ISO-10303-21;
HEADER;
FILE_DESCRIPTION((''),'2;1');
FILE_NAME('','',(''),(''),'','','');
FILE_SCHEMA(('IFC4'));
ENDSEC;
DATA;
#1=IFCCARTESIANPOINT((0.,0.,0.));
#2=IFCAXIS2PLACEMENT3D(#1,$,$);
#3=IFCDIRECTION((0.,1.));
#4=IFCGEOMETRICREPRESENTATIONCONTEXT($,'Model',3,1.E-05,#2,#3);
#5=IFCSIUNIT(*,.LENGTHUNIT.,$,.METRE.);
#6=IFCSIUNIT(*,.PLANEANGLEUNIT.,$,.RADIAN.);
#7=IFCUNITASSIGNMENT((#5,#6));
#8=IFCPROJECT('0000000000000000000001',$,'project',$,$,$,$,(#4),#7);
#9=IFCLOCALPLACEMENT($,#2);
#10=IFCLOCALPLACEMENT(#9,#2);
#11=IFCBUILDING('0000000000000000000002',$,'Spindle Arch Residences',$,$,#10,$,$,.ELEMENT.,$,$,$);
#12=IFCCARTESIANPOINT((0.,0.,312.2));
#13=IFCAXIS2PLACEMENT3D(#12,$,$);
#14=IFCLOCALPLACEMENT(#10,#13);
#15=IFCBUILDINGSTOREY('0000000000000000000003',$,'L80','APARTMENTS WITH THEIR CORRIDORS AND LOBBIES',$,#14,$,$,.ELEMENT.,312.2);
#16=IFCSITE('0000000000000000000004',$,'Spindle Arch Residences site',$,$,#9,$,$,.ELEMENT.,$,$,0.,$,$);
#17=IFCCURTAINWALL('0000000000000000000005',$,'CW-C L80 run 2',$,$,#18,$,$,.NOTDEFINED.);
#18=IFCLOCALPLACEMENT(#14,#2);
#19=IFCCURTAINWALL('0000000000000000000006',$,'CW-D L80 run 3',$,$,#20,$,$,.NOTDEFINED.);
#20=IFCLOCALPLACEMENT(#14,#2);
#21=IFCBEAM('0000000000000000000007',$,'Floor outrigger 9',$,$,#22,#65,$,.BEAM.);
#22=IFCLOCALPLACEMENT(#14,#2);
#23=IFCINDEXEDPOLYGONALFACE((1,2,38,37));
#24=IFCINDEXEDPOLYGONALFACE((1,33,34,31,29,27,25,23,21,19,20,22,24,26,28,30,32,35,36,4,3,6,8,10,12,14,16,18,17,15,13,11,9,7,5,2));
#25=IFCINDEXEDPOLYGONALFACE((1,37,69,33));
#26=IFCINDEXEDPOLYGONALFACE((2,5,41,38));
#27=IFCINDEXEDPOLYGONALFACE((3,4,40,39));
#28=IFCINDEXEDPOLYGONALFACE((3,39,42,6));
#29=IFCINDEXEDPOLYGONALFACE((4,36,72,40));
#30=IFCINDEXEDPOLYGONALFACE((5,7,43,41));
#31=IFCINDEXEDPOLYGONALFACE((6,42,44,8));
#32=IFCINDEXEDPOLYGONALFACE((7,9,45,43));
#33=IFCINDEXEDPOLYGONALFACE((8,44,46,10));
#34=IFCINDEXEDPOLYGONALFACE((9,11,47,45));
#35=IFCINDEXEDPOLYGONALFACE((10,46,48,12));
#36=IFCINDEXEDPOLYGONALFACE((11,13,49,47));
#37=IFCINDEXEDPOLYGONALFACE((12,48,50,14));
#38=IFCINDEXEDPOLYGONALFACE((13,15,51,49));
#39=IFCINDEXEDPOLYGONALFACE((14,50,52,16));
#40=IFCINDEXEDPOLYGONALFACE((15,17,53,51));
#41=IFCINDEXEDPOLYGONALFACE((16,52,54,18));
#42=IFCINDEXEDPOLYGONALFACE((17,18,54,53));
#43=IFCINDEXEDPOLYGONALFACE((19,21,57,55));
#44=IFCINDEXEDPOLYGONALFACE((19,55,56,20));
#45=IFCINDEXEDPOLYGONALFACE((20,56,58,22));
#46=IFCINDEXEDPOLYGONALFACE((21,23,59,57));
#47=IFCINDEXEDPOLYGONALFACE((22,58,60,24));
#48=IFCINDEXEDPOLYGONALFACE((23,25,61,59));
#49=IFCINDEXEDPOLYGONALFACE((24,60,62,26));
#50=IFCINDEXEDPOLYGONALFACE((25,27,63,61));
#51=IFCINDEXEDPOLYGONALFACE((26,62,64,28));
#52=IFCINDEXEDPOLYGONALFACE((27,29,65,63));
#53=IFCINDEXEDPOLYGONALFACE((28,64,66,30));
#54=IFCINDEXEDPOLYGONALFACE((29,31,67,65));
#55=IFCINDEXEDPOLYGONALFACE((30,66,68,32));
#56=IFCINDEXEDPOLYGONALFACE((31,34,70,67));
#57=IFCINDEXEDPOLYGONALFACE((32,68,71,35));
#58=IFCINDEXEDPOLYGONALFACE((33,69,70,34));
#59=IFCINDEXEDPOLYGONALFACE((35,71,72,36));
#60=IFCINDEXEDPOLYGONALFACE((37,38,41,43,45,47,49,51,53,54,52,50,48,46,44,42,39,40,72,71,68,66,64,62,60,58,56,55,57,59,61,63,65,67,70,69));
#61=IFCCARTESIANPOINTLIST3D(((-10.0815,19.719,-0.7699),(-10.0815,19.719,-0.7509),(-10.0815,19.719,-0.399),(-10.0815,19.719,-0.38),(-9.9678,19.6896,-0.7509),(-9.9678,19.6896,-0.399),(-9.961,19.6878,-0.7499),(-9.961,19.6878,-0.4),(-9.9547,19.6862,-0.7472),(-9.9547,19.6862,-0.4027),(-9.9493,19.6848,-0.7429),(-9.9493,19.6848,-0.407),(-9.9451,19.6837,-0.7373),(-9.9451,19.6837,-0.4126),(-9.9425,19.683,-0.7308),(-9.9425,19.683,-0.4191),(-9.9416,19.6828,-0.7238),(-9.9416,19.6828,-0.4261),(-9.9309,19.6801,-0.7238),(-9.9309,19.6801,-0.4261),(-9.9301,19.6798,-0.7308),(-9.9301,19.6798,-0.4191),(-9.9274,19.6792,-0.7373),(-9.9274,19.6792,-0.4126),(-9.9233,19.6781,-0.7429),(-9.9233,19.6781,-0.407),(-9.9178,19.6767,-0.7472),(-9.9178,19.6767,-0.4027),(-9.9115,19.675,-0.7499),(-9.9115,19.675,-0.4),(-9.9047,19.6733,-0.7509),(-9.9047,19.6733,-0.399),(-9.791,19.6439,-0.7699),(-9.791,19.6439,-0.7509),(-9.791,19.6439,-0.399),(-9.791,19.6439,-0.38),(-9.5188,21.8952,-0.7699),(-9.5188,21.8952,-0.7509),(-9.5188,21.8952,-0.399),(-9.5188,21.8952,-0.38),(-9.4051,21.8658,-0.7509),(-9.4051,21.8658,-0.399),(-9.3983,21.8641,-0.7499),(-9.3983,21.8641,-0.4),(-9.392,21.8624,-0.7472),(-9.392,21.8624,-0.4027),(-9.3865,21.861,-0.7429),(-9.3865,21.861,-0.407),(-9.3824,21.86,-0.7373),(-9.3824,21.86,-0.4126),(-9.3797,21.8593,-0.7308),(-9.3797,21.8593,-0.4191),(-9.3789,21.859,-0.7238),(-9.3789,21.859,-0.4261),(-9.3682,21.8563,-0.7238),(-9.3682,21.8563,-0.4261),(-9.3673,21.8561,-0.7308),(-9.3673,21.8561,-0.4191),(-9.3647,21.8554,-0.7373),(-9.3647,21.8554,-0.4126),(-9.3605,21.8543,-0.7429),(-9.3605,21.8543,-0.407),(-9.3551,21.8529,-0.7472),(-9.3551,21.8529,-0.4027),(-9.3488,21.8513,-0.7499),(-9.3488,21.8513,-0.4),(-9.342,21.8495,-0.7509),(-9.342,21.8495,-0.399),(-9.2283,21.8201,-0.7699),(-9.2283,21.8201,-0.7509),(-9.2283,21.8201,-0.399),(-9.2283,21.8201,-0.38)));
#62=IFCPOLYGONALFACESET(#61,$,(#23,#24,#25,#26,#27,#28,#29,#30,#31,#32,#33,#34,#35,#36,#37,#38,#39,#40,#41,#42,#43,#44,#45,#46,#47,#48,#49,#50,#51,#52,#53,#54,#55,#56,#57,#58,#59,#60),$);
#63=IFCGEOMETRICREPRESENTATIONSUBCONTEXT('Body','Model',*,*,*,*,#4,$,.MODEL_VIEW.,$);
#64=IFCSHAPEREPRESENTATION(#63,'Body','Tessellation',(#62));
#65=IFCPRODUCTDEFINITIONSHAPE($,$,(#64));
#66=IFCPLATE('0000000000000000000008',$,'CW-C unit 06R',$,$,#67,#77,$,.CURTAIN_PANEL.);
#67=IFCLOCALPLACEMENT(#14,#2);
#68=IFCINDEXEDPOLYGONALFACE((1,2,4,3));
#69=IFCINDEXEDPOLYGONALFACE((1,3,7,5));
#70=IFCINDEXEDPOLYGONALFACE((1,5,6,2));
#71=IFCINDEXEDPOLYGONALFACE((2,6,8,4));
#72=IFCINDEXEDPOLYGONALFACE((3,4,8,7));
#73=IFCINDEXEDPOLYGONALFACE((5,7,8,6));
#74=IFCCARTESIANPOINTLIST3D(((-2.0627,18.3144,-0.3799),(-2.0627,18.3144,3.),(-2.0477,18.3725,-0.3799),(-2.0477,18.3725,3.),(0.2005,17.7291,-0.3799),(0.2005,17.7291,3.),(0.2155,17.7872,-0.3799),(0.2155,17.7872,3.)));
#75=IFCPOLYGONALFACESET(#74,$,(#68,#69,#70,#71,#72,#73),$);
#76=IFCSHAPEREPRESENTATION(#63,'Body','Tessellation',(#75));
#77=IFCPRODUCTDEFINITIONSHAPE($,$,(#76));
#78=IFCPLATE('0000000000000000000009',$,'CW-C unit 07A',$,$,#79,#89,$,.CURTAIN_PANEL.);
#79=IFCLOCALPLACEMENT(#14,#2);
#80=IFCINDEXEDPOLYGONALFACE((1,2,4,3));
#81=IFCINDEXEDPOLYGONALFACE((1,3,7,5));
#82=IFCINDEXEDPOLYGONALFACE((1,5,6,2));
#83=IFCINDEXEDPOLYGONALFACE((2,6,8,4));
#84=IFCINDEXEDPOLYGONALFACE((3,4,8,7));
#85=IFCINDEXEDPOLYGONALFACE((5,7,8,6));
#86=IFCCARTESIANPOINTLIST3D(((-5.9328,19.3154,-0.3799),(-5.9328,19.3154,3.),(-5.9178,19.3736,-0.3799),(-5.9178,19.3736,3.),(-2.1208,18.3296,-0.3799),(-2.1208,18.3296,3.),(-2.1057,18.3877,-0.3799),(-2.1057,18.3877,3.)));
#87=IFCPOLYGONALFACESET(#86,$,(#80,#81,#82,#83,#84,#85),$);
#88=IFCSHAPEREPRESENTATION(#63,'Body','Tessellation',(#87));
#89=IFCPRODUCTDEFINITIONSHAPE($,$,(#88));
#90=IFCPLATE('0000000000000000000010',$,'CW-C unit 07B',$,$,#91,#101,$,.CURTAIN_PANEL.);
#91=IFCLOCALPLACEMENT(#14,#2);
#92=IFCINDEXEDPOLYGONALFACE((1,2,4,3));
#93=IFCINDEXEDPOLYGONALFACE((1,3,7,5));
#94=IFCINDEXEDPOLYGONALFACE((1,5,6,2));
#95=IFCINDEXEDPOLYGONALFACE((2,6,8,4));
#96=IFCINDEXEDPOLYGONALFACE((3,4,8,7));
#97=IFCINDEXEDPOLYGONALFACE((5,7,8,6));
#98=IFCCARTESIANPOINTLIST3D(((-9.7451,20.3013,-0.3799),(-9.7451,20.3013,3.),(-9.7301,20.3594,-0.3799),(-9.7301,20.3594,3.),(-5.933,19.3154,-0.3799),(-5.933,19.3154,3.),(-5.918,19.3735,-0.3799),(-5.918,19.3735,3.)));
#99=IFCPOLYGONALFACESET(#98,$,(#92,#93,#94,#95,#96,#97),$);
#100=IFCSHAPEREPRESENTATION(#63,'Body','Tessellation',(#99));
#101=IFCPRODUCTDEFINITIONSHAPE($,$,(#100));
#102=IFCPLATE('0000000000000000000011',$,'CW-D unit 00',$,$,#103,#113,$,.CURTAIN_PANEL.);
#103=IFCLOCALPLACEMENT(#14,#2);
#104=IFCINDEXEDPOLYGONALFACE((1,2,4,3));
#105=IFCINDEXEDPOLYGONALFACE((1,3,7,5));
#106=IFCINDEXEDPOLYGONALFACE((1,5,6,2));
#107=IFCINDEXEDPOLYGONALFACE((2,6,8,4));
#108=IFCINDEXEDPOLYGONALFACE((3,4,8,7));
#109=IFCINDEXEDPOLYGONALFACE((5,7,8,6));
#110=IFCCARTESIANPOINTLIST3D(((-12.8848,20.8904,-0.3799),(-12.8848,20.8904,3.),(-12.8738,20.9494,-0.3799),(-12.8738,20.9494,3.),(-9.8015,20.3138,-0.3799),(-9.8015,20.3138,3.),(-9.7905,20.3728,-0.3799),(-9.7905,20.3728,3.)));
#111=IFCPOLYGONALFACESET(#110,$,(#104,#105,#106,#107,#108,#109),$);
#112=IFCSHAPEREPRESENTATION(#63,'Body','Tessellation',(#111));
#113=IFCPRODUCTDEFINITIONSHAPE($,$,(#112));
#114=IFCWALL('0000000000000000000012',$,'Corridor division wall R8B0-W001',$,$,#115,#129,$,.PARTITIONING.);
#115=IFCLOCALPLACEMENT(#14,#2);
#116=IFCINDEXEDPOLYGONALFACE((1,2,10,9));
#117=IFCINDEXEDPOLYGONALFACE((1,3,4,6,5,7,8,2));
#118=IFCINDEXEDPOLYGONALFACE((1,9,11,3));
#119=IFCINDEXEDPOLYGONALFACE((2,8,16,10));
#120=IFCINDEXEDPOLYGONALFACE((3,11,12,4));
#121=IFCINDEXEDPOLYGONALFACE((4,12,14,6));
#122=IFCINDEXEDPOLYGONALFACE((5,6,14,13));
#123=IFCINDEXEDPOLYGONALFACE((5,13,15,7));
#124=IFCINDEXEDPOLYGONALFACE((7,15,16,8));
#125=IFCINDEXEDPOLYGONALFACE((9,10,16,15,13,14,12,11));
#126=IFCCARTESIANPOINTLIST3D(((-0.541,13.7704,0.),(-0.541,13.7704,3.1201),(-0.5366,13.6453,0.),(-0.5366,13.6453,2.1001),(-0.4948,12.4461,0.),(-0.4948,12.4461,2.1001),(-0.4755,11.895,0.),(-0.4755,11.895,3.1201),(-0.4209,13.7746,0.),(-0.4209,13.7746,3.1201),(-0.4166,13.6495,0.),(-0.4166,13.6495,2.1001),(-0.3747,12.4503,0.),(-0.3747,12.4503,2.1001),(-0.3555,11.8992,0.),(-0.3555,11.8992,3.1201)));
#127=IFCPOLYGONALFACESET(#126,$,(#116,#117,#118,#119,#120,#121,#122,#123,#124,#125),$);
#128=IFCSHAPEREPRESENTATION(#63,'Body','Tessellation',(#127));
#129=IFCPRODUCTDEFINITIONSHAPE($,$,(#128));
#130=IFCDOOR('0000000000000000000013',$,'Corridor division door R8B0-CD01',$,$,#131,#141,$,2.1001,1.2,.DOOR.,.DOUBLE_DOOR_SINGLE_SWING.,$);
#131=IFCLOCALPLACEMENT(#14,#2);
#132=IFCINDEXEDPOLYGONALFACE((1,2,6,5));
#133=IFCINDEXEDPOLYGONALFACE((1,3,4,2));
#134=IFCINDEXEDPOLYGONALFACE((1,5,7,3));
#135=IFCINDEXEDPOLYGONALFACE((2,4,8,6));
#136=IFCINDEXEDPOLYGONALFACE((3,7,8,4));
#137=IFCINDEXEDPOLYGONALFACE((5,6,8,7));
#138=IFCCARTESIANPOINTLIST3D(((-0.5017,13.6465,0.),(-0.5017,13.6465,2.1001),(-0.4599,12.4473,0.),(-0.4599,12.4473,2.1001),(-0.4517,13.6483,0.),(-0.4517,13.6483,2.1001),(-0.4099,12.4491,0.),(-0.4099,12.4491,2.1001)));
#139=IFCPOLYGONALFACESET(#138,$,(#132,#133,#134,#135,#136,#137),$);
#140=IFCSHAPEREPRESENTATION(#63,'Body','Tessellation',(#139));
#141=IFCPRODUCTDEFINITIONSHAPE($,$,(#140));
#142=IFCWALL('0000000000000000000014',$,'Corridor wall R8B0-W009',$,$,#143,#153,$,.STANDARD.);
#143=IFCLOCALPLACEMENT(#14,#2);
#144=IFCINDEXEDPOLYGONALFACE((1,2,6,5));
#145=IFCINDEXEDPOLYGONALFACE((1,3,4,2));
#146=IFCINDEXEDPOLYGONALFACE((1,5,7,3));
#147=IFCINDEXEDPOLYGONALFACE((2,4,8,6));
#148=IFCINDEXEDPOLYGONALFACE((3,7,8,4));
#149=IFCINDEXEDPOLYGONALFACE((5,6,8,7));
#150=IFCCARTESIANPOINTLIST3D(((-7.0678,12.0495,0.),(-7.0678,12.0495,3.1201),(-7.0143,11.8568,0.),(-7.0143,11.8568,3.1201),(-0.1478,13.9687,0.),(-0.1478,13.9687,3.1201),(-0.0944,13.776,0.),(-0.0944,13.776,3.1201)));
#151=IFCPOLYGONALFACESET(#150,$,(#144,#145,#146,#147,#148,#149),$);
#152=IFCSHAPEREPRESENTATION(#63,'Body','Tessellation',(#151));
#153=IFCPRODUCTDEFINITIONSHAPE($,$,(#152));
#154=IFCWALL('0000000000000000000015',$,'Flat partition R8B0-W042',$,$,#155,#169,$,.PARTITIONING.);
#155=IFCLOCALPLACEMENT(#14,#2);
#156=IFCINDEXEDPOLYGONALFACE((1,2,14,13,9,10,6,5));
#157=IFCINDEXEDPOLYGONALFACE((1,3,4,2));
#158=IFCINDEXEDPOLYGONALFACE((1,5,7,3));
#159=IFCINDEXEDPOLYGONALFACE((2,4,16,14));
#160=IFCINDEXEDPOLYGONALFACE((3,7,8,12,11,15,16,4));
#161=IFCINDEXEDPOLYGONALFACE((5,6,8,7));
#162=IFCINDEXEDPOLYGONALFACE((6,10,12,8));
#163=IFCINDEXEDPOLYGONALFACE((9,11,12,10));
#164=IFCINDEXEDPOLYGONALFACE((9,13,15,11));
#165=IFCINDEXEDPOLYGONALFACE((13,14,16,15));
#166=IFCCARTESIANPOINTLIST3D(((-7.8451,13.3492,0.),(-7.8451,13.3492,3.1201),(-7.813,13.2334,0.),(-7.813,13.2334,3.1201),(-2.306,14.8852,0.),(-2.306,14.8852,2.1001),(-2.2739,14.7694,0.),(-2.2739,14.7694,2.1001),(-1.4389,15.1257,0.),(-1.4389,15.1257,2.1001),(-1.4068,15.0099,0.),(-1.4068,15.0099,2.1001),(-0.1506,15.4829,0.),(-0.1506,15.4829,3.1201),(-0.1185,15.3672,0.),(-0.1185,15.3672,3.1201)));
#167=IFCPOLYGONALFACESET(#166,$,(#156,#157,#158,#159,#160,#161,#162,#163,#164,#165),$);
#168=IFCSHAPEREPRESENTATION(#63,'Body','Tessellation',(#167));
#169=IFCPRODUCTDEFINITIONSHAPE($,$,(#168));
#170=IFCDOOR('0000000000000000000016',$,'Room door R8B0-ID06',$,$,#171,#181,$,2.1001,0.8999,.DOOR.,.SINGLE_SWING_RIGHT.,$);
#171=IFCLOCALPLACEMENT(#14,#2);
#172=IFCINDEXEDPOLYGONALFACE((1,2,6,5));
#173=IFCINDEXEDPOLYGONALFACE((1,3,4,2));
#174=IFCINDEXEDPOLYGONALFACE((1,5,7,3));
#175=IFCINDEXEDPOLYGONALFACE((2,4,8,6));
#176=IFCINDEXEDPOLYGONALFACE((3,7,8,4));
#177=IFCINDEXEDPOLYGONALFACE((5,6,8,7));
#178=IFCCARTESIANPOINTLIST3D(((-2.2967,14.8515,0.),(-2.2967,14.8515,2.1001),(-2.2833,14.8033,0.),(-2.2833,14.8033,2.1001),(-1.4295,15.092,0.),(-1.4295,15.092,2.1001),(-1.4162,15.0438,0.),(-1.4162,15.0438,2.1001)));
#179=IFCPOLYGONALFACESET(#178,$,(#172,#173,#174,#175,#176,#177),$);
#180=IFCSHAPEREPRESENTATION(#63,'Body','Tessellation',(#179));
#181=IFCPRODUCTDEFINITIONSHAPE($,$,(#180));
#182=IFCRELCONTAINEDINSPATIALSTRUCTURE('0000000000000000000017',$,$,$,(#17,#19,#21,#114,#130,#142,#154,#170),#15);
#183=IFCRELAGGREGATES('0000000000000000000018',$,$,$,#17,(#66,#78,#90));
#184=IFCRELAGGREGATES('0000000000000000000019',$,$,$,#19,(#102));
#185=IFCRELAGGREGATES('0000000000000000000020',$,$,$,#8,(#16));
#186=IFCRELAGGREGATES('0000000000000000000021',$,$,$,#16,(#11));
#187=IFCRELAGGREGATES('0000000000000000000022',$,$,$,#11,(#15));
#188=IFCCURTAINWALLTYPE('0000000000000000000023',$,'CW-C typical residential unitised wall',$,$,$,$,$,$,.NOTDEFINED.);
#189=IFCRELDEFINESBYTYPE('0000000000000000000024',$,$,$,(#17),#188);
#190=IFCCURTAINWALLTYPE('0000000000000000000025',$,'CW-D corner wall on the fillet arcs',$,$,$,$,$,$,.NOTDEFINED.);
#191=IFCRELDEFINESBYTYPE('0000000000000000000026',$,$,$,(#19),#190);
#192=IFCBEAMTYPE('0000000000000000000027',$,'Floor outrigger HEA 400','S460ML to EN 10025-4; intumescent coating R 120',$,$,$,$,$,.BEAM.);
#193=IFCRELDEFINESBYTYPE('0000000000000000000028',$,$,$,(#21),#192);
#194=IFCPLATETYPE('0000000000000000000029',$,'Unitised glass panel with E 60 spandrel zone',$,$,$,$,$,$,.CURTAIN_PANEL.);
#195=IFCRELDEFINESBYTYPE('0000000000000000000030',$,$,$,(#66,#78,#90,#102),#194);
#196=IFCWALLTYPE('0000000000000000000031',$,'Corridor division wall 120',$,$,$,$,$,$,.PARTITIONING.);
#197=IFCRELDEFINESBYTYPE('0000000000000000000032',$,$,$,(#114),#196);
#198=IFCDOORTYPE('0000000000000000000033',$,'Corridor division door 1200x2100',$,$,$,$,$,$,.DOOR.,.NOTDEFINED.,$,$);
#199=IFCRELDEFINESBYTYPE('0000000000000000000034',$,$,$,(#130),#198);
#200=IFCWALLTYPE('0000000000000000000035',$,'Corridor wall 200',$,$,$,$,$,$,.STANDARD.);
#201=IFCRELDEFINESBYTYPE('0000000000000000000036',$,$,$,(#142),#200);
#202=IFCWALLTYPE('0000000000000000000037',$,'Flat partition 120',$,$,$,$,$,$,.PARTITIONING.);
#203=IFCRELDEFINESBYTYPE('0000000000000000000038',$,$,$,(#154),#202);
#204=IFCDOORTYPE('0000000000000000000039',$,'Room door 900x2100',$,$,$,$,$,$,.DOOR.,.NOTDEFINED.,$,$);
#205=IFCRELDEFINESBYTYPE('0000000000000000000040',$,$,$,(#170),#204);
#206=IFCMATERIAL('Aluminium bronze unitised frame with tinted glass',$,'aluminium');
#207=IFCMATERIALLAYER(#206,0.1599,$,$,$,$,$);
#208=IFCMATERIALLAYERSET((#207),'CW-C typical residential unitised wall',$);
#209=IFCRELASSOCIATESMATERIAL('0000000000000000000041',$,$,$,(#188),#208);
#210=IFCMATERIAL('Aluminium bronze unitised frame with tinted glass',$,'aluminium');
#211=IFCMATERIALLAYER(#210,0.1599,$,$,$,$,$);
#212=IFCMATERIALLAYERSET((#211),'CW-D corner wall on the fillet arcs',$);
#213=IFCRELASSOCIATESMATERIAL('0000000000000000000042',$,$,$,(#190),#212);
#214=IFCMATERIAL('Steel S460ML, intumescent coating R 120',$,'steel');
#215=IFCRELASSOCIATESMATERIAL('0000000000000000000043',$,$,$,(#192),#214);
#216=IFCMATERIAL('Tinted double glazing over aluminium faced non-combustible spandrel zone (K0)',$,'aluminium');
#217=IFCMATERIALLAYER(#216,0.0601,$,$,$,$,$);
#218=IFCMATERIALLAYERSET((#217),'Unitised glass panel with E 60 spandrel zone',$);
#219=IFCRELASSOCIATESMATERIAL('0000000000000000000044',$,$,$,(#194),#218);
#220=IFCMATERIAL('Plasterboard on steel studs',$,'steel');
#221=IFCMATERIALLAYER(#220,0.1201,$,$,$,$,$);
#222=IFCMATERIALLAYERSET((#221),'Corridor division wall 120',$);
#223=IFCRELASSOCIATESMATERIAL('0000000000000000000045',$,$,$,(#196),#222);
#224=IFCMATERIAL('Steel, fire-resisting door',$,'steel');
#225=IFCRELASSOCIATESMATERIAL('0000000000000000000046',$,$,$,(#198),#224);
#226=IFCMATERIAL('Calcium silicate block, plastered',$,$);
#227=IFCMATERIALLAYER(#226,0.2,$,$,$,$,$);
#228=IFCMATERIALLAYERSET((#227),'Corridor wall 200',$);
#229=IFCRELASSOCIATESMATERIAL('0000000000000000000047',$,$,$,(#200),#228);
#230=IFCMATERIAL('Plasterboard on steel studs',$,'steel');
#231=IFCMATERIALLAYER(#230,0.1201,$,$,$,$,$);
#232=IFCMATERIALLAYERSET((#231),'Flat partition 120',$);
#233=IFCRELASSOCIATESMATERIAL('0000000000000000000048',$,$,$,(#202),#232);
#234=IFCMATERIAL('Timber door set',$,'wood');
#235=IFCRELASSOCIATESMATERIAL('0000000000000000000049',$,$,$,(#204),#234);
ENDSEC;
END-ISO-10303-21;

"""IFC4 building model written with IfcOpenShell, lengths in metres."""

from ifc_helpers import new_model, si_unit, direction, frame, frame_2d, origin, origin_2d, place, context, subcontext, project, spatial, rectangle, i_section, extrude, material, layer, layer_set, material_profile, profile_set, type_object, element, fill, aggregate, save


model = new_model("IFC4")

# Units and contexts
model_context = context("Model", 3, precision=1e-05, world=origin(), true_north=direction((0.0, 1.0)))
body_context = subcontext(model_context, "Body", "Model", "MODEL_VIEW")
ifc_project = project(units=[si_unit("LENGTHUNIT", "METRE"), si_unit("PLANEANGLEUNIT", "RADIAN")], contexts=[model_context])

# Site, building, storey
site_placement = place(None, origin())
site = spatial("IfcSite", under=ifc_project, at=site_placement, Name="Spindle Arch Residences site", CompositionType="ELEMENT", RefElevation=0.0)
building_placement = place(site_placement, origin())
building = spatial("IfcBuilding", under=site, at=building_placement, Name="Spindle Arch Residences", CompositionType="ELEMENT")
storey_placement = place(building_placement, frame((0.0, 0.0, 312.2)))
storey = spatial("IfcBuildingStorey", under=building, at=storey_placement, Name="L80", Description="APARTMENTS WITH THEIR CORRIDORS AND LOBBIES", CompositionType="ELEMENT", Elevation=312.2)

# Curtain wall
ifc_material_1 = material(Name="Aluminium bronze unitised frame with tinted glass", Category="aluminium")
ifc_layer_1 = layer(ifc_material_1, 0.1599)
ifc_layer_set_1 = layer_set([ifc_layer_1], Name="CW-C typical residential unitised wall")
curtain_wall_type_1 = type_object("IfcCurtainWallType", Name="CW-C typical residential unitised wall", PredefinedType="NOTDEFINED", material=ifc_layer_set_1)
curtain_wall_1_placement = place(storey_placement, origin())
curtain_wall_1 = element("IfcCurtainWall", 1, at=curtain_wall_1_placement, inside=storey, type_object=curtain_wall_type_1, Name="CW-C L80 run 2", PredefinedType="NOTDEFINED")

# Curtain wall
ifc_material_2 = material(Name="Aluminium bronze unitised frame with tinted glass", Category="aluminium")
ifc_layer_2 = layer(ifc_material_2, 0.1599)
ifc_layer_set_2 = layer_set([ifc_layer_2], Name="CW-D corner wall on the fillet arcs")
curtain_wall_type_2 = type_object("IfcCurtainWallType", Name="CW-D corner wall on the fillet arcs", PredefinedType="NOTDEFINED", material=ifc_layer_set_2)
curtain_wall_2_placement = place(storey_placement, origin())
curtain_wall_2 = element("IfcCurtainWall", 2, at=curtain_wall_2_placement, inside=storey, type_object=curtain_wall_type_2, Name="CW-D L80 run 3", PredefinedType="NOTDEFINED")

# Beam
ifc_material_3 = material(Name="Steel S460ML, intumescent coating R 120", Category="steel")
ifc_material_profile_1 = material_profile(ifc_material_3, i_section(OverallWidth=0.3, OverallDepth=0.3899, WebThickness=0.011, FlangeThickness=0.019, FilletRadius=0.0271, at=origin_2d()), Name="HEA 400")
ifc_profile_set_1 = profile_set([ifc_material_profile_1], Name="Steel S460ML, intumescent coating R 120")
beam_type_1 = type_object("IfcBeamType", Name="Floor outrigger HEA 400", Description="S460ML to EN 10025-4; intumescent coating R 120", PredefinedType="BEAM", material=ifc_profile_set_1)
beam_1_placement = place(storey_placement, frame((-9.3735, 21.8577, -0.575), z_axis=(-0.250348, -0.968156, 0.0), x_axis=(0.968156, -0.250348, 0.0)))
element("IfcBeam", 3, at=beam_1_placement, inside=storey, type_object=beam_type_1, Name="Floor outrigger 9", PredefinedType="BEAM", context=body_context, shape_type="SweptSolid", body=[
    extrude(i_section(OverallWidth=0.3, OverallDepth=0.3899, WebThickness=0.011, FlangeThickness=0.019, FilletRadius=0.0271, at=origin_2d()), origin(), (0.0, 0.0, 1.0), 2.2478),
])

# Plates
ifc_material_4 = material(Name="Tinted double glazing over aluminium faced non-combustible spandrel zone (K0)", Category="aluminium")
ifc_layer_3 = layer(ifc_material_4, 0.0601)
ifc_layer_set_3 = layer_set([ifc_layer_3], Name="Unitised glass panel with E 60 spandrel zone")
plate_type = type_object("IfcPlateType", Name="Unitised glass panel with E 60 spandrel zone", PredefinedType="CURTAIN_PANEL", material=ifc_layer_set_3)
plate_1_placement = place(storey_placement, frame((-0.9236, 18.0508, -0.3799), z_axis=(0.0, 0.0, 1.0), x_axis=(-0.968148, 0.25038, 0.0)))
plate_1 = element("IfcPlate", 4, at=plate_1_placement, type_object=plate_type, Name="CW-C unit 06R", PredefinedType="CURTAIN_PANEL", context=body_context, shape_type="SweptSolid", body=[
    extrude(rectangle(XDim=2.3376, YDim=0.0601, at=origin_2d()), origin(), (0.0, 0.0, 1.0), 3.3799),
])
plate_2_placement = place(storey_placement, frame((-4.0193, 18.8516, -0.3799), z_axis=(0.0, 0.0, 1.0), x_axis=(-0.968148, 0.25038, 0.0)))
plate_2 = element("IfcPlate", 5, at=plate_2_placement, type_object=plate_type, Name="CW-C unit 07A", PredefinedType="CURTAIN_PANEL", context=body_context, shape_type="SweptSolid", body=[
    extrude(rectangle(XDim=3.9375, YDim=0.0601, at=origin_2d()), origin(), (0.0, 0.0, 1.0), 3.3799),
])
plate_3_placement = place(storey_placement, frame((-7.8315, 19.8374, -0.3799), z_axis=(0.0, 0.0, 1.0), x_axis=(-0.968148, 0.25038, 0.0)))
plate_3 = element("IfcPlate", 6, at=plate_3_placement, type_object=plate_type, Name="CW-C unit 07B", PredefinedType="CURTAIN_PANEL", context=body_context, shape_type="SweptSolid", body=[
    extrude(rectangle(XDim=3.9375, YDim=0.0601, at=origin_2d()), origin(), (0.0, 0.0, 1.0), 3.3799),
])
aggregate(curtain_wall_1, [plate_1, plate_2, plate_3])
plate_4_placement = place(storey_placement, frame((-11.3376, 20.6316, -0.3799), z_axis=(0.0, 0.0, 1.0), x_axis=(-0.982957, 0.183837, 0.0)))
plate_4 = element("IfcPlate", 7, at=plate_4_placement, type_object=plate_type, Name="CW-D unit 00", PredefinedType="CURTAIN_PANEL", context=body_context, shape_type="SweptSolid", body=[
    extrude(rectangle(XDim=3.1367, YDim=0.0601, at=origin_2d()), origin(), (0.0, 0.0, 1.0), 3.3799),
])
aggregate(curtain_wall_2, [plate_4])

# Wall, opening, door
ifc_material_5 = material(Name="Plasterboard on steel studs", Category="steel")
ifc_layer_4 = layer(ifc_material_5, 0.1201)
ifc_layer_set_4 = layer_set([ifc_layer_4], Name="Corridor division wall 120")
wall_type_1 = type_object("IfcWallType", Name="Corridor division wall 120", PredefinedType="PARTITIONING", material=ifc_layer_set_4)
wall_1_placement = place(storey_placement, frame((-0.481, 13.7725, 0.0), z_axis=(0.0, 0.0, 1.0), x_axis=(0.03487, -0.999392, 0.0)))
wall_1 = element("IfcWall", 8, at=wall_1_placement, inside=storey, type_object=wall_type_1, Name="Corridor division wall R8B0-W001", PredefinedType="PARTITIONING", context=body_context, shape_type="SweptSolid", body=[
    extrude(rectangle(XDim=1.8765, YDim=0.1201, at=frame_2d((0.9382, 0.0))), origin(), (0.0, 0.0, 1.0), 3.1201),
])
opening_1_placement = place(wall_1_placement, frame((0.125, 0.0, 0.0)))
opening_1 = element("IfcOpeningElement", 9, at=opening_1_placement, cuts=wall_1, PredefinedType="OPENING", context=body_context, shape_type="SweptSolid", body=[
    extrude(rectangle(XDim=1.2, YDim=2.1001, at=frame_2d((0.6001, 1.05))), frame((0.0, 0.0701, 0.0), z_axis=(0.0, -1.0, 0.0), x_axis=(1.0, 0.0, 0.0)), (0.0, 0.0, 1.0), 0.1401),
])
ifc_material_6 = material(Name="Steel, fire-resisting door", Category="steel")
door_type_1 = type_object("IfcDoorType", Name="Corridor division door 1200x2100", OperationType="NOTDEFINED", PredefinedType="DOOR", material=ifc_material_6)
door_1_placement = place(opening_1_placement, origin())
door_1 = element("IfcDoor", 10, at=door_1_placement, inside=storey, type_object=door_type_1, Name="Corridor division door R8B0-CD01", OperationType="DOUBLE_DOOR_SINGLE_SWING", OverallHeight=2.1001, OverallWidth=1.2, PredefinedType="DOOR", context=body_context, shape_type="SweptSolid", body=[
    extrude(rectangle(XDim=1.2, YDim=2.1001, at=frame_2d((0.6001, 1.05))), frame((0.0, 0.0249, 0.0), z_axis=(0.0, -1.0, 0.0), x_axis=(1.0, 0.0, 0.0)), (0.0, 0.0, 1.0), 0.05),
])
fill(opening_1, door_1)

# Wall
ifc_material_7 = material(Name="Calcium silicate block, plastered")
ifc_layer_5 = layer(ifc_material_7, 0.2)
ifc_layer_set_5 = layer_set([ifc_layer_5], Name="Corridor wall 200")
wall_type_2 = type_object("IfcWallType", Name="Corridor wall 200", PredefinedType="STANDARD", material=ifc_layer_set_5)
wall_2_placement = place(storey_placement, frame((-0.1211, 13.8723, 0.0), z_axis=(0.0, 0.0, 1.0), x_axis=(-0.963626, -0.267255, 0.0)))
element("IfcWall", 11, at=wall_2_placement, inside=storey, type_object=wall_type_2, Name="Corridor wall R8B0-W009", PredefinedType="STANDARD", context=body_context, shape_type="SweptSolid", body=[
    extrude(rectangle(XDim=7.1812, YDim=0.2, at=frame_2d((3.5906, 0.0))), origin(), (0.0, 0.0, 1.0), 3.1201),
])

# Wall, opening, door
ifc_material_8 = material(Name="Plasterboard on steel studs", Category="steel")
ifc_layer_6 = layer(ifc_material_8, 0.1201)
ifc_layer_set_6 = layer_set([ifc_layer_6], Name="Flat partition 120")
wall_type_3 = type_object("IfcWallType", Name="Flat partition 120", PredefinedType="PARTITIONING", material=ifc_layer_set_6)
wall_3_placement = place(storey_placement, frame((-0.1345, 15.425, 0.0), z_axis=(0.0, 0.0, 1.0), x_axis=(-0.963634, -0.267226, 0.0)))
wall_3 = element("IfcWall", 12, at=wall_3_placement, inside=storey, type_object=wall_type_3, Name="Flat partition R8B0-W042", PredefinedType="PARTITIONING", context=body_context, shape_type="SweptSolid", body=[
    extrude(rectangle(XDim=7.9849, YDim=0.1201, at=frame_2d((3.9924, 0.0))), origin(), (0.0, 0.0, 1.0), 3.1201),
])
opening_2_placement = place(wall_3_placement, frame((1.3369, 0.0, 0.0)))
opening_2 = element("IfcOpeningElement", 13, at=opening_2_placement, cuts=wall_3, PredefinedType="OPENING", context=body_context, shape_type="SweptSolid", body=[
    extrude(rectangle(XDim=0.8999, YDim=2.1001, at=frame_2d((0.45, 1.05))), frame((0.0, 0.0701, 0.0), z_axis=(0.0, -1.0, 0.0), x_axis=(1.0, 0.0, 0.0)), (0.0, 0.0, 1.0), 0.1401),
])
ifc_material_9 = material(Name="Timber door set", Category="wood")
door_type_2 = type_object("IfcDoorType", Name="Room door 900x2100", OperationType="NOTDEFINED", PredefinedType="DOOR", material=ifc_material_9)
door_2_placement = place(opening_2_placement, origin())
door_2 = element("IfcDoor", 14, at=door_2_placement, inside=storey, type_object=door_type_2, Name="Room door R8B0-ID06", OperationType="SINGLE_SWING_RIGHT", OverallHeight=2.1001, OverallWidth=0.8999, PredefinedType="DOOR", context=body_context, shape_type="SweptSolid", body=[
    extrude(rectangle(XDim=0.8999, YDim=2.1001, at=frame_2d((0.45, 1.05))), frame((0.0, 0.0249, 0.0), z_axis=(0.0, -1.0, 0.0), x_axis=(1.0, 0.0, 0.0)), (0.0, 0.0, 1.0), 0.05),
])
fill(opening_2, door_2)

save(model, "model.ifc")
